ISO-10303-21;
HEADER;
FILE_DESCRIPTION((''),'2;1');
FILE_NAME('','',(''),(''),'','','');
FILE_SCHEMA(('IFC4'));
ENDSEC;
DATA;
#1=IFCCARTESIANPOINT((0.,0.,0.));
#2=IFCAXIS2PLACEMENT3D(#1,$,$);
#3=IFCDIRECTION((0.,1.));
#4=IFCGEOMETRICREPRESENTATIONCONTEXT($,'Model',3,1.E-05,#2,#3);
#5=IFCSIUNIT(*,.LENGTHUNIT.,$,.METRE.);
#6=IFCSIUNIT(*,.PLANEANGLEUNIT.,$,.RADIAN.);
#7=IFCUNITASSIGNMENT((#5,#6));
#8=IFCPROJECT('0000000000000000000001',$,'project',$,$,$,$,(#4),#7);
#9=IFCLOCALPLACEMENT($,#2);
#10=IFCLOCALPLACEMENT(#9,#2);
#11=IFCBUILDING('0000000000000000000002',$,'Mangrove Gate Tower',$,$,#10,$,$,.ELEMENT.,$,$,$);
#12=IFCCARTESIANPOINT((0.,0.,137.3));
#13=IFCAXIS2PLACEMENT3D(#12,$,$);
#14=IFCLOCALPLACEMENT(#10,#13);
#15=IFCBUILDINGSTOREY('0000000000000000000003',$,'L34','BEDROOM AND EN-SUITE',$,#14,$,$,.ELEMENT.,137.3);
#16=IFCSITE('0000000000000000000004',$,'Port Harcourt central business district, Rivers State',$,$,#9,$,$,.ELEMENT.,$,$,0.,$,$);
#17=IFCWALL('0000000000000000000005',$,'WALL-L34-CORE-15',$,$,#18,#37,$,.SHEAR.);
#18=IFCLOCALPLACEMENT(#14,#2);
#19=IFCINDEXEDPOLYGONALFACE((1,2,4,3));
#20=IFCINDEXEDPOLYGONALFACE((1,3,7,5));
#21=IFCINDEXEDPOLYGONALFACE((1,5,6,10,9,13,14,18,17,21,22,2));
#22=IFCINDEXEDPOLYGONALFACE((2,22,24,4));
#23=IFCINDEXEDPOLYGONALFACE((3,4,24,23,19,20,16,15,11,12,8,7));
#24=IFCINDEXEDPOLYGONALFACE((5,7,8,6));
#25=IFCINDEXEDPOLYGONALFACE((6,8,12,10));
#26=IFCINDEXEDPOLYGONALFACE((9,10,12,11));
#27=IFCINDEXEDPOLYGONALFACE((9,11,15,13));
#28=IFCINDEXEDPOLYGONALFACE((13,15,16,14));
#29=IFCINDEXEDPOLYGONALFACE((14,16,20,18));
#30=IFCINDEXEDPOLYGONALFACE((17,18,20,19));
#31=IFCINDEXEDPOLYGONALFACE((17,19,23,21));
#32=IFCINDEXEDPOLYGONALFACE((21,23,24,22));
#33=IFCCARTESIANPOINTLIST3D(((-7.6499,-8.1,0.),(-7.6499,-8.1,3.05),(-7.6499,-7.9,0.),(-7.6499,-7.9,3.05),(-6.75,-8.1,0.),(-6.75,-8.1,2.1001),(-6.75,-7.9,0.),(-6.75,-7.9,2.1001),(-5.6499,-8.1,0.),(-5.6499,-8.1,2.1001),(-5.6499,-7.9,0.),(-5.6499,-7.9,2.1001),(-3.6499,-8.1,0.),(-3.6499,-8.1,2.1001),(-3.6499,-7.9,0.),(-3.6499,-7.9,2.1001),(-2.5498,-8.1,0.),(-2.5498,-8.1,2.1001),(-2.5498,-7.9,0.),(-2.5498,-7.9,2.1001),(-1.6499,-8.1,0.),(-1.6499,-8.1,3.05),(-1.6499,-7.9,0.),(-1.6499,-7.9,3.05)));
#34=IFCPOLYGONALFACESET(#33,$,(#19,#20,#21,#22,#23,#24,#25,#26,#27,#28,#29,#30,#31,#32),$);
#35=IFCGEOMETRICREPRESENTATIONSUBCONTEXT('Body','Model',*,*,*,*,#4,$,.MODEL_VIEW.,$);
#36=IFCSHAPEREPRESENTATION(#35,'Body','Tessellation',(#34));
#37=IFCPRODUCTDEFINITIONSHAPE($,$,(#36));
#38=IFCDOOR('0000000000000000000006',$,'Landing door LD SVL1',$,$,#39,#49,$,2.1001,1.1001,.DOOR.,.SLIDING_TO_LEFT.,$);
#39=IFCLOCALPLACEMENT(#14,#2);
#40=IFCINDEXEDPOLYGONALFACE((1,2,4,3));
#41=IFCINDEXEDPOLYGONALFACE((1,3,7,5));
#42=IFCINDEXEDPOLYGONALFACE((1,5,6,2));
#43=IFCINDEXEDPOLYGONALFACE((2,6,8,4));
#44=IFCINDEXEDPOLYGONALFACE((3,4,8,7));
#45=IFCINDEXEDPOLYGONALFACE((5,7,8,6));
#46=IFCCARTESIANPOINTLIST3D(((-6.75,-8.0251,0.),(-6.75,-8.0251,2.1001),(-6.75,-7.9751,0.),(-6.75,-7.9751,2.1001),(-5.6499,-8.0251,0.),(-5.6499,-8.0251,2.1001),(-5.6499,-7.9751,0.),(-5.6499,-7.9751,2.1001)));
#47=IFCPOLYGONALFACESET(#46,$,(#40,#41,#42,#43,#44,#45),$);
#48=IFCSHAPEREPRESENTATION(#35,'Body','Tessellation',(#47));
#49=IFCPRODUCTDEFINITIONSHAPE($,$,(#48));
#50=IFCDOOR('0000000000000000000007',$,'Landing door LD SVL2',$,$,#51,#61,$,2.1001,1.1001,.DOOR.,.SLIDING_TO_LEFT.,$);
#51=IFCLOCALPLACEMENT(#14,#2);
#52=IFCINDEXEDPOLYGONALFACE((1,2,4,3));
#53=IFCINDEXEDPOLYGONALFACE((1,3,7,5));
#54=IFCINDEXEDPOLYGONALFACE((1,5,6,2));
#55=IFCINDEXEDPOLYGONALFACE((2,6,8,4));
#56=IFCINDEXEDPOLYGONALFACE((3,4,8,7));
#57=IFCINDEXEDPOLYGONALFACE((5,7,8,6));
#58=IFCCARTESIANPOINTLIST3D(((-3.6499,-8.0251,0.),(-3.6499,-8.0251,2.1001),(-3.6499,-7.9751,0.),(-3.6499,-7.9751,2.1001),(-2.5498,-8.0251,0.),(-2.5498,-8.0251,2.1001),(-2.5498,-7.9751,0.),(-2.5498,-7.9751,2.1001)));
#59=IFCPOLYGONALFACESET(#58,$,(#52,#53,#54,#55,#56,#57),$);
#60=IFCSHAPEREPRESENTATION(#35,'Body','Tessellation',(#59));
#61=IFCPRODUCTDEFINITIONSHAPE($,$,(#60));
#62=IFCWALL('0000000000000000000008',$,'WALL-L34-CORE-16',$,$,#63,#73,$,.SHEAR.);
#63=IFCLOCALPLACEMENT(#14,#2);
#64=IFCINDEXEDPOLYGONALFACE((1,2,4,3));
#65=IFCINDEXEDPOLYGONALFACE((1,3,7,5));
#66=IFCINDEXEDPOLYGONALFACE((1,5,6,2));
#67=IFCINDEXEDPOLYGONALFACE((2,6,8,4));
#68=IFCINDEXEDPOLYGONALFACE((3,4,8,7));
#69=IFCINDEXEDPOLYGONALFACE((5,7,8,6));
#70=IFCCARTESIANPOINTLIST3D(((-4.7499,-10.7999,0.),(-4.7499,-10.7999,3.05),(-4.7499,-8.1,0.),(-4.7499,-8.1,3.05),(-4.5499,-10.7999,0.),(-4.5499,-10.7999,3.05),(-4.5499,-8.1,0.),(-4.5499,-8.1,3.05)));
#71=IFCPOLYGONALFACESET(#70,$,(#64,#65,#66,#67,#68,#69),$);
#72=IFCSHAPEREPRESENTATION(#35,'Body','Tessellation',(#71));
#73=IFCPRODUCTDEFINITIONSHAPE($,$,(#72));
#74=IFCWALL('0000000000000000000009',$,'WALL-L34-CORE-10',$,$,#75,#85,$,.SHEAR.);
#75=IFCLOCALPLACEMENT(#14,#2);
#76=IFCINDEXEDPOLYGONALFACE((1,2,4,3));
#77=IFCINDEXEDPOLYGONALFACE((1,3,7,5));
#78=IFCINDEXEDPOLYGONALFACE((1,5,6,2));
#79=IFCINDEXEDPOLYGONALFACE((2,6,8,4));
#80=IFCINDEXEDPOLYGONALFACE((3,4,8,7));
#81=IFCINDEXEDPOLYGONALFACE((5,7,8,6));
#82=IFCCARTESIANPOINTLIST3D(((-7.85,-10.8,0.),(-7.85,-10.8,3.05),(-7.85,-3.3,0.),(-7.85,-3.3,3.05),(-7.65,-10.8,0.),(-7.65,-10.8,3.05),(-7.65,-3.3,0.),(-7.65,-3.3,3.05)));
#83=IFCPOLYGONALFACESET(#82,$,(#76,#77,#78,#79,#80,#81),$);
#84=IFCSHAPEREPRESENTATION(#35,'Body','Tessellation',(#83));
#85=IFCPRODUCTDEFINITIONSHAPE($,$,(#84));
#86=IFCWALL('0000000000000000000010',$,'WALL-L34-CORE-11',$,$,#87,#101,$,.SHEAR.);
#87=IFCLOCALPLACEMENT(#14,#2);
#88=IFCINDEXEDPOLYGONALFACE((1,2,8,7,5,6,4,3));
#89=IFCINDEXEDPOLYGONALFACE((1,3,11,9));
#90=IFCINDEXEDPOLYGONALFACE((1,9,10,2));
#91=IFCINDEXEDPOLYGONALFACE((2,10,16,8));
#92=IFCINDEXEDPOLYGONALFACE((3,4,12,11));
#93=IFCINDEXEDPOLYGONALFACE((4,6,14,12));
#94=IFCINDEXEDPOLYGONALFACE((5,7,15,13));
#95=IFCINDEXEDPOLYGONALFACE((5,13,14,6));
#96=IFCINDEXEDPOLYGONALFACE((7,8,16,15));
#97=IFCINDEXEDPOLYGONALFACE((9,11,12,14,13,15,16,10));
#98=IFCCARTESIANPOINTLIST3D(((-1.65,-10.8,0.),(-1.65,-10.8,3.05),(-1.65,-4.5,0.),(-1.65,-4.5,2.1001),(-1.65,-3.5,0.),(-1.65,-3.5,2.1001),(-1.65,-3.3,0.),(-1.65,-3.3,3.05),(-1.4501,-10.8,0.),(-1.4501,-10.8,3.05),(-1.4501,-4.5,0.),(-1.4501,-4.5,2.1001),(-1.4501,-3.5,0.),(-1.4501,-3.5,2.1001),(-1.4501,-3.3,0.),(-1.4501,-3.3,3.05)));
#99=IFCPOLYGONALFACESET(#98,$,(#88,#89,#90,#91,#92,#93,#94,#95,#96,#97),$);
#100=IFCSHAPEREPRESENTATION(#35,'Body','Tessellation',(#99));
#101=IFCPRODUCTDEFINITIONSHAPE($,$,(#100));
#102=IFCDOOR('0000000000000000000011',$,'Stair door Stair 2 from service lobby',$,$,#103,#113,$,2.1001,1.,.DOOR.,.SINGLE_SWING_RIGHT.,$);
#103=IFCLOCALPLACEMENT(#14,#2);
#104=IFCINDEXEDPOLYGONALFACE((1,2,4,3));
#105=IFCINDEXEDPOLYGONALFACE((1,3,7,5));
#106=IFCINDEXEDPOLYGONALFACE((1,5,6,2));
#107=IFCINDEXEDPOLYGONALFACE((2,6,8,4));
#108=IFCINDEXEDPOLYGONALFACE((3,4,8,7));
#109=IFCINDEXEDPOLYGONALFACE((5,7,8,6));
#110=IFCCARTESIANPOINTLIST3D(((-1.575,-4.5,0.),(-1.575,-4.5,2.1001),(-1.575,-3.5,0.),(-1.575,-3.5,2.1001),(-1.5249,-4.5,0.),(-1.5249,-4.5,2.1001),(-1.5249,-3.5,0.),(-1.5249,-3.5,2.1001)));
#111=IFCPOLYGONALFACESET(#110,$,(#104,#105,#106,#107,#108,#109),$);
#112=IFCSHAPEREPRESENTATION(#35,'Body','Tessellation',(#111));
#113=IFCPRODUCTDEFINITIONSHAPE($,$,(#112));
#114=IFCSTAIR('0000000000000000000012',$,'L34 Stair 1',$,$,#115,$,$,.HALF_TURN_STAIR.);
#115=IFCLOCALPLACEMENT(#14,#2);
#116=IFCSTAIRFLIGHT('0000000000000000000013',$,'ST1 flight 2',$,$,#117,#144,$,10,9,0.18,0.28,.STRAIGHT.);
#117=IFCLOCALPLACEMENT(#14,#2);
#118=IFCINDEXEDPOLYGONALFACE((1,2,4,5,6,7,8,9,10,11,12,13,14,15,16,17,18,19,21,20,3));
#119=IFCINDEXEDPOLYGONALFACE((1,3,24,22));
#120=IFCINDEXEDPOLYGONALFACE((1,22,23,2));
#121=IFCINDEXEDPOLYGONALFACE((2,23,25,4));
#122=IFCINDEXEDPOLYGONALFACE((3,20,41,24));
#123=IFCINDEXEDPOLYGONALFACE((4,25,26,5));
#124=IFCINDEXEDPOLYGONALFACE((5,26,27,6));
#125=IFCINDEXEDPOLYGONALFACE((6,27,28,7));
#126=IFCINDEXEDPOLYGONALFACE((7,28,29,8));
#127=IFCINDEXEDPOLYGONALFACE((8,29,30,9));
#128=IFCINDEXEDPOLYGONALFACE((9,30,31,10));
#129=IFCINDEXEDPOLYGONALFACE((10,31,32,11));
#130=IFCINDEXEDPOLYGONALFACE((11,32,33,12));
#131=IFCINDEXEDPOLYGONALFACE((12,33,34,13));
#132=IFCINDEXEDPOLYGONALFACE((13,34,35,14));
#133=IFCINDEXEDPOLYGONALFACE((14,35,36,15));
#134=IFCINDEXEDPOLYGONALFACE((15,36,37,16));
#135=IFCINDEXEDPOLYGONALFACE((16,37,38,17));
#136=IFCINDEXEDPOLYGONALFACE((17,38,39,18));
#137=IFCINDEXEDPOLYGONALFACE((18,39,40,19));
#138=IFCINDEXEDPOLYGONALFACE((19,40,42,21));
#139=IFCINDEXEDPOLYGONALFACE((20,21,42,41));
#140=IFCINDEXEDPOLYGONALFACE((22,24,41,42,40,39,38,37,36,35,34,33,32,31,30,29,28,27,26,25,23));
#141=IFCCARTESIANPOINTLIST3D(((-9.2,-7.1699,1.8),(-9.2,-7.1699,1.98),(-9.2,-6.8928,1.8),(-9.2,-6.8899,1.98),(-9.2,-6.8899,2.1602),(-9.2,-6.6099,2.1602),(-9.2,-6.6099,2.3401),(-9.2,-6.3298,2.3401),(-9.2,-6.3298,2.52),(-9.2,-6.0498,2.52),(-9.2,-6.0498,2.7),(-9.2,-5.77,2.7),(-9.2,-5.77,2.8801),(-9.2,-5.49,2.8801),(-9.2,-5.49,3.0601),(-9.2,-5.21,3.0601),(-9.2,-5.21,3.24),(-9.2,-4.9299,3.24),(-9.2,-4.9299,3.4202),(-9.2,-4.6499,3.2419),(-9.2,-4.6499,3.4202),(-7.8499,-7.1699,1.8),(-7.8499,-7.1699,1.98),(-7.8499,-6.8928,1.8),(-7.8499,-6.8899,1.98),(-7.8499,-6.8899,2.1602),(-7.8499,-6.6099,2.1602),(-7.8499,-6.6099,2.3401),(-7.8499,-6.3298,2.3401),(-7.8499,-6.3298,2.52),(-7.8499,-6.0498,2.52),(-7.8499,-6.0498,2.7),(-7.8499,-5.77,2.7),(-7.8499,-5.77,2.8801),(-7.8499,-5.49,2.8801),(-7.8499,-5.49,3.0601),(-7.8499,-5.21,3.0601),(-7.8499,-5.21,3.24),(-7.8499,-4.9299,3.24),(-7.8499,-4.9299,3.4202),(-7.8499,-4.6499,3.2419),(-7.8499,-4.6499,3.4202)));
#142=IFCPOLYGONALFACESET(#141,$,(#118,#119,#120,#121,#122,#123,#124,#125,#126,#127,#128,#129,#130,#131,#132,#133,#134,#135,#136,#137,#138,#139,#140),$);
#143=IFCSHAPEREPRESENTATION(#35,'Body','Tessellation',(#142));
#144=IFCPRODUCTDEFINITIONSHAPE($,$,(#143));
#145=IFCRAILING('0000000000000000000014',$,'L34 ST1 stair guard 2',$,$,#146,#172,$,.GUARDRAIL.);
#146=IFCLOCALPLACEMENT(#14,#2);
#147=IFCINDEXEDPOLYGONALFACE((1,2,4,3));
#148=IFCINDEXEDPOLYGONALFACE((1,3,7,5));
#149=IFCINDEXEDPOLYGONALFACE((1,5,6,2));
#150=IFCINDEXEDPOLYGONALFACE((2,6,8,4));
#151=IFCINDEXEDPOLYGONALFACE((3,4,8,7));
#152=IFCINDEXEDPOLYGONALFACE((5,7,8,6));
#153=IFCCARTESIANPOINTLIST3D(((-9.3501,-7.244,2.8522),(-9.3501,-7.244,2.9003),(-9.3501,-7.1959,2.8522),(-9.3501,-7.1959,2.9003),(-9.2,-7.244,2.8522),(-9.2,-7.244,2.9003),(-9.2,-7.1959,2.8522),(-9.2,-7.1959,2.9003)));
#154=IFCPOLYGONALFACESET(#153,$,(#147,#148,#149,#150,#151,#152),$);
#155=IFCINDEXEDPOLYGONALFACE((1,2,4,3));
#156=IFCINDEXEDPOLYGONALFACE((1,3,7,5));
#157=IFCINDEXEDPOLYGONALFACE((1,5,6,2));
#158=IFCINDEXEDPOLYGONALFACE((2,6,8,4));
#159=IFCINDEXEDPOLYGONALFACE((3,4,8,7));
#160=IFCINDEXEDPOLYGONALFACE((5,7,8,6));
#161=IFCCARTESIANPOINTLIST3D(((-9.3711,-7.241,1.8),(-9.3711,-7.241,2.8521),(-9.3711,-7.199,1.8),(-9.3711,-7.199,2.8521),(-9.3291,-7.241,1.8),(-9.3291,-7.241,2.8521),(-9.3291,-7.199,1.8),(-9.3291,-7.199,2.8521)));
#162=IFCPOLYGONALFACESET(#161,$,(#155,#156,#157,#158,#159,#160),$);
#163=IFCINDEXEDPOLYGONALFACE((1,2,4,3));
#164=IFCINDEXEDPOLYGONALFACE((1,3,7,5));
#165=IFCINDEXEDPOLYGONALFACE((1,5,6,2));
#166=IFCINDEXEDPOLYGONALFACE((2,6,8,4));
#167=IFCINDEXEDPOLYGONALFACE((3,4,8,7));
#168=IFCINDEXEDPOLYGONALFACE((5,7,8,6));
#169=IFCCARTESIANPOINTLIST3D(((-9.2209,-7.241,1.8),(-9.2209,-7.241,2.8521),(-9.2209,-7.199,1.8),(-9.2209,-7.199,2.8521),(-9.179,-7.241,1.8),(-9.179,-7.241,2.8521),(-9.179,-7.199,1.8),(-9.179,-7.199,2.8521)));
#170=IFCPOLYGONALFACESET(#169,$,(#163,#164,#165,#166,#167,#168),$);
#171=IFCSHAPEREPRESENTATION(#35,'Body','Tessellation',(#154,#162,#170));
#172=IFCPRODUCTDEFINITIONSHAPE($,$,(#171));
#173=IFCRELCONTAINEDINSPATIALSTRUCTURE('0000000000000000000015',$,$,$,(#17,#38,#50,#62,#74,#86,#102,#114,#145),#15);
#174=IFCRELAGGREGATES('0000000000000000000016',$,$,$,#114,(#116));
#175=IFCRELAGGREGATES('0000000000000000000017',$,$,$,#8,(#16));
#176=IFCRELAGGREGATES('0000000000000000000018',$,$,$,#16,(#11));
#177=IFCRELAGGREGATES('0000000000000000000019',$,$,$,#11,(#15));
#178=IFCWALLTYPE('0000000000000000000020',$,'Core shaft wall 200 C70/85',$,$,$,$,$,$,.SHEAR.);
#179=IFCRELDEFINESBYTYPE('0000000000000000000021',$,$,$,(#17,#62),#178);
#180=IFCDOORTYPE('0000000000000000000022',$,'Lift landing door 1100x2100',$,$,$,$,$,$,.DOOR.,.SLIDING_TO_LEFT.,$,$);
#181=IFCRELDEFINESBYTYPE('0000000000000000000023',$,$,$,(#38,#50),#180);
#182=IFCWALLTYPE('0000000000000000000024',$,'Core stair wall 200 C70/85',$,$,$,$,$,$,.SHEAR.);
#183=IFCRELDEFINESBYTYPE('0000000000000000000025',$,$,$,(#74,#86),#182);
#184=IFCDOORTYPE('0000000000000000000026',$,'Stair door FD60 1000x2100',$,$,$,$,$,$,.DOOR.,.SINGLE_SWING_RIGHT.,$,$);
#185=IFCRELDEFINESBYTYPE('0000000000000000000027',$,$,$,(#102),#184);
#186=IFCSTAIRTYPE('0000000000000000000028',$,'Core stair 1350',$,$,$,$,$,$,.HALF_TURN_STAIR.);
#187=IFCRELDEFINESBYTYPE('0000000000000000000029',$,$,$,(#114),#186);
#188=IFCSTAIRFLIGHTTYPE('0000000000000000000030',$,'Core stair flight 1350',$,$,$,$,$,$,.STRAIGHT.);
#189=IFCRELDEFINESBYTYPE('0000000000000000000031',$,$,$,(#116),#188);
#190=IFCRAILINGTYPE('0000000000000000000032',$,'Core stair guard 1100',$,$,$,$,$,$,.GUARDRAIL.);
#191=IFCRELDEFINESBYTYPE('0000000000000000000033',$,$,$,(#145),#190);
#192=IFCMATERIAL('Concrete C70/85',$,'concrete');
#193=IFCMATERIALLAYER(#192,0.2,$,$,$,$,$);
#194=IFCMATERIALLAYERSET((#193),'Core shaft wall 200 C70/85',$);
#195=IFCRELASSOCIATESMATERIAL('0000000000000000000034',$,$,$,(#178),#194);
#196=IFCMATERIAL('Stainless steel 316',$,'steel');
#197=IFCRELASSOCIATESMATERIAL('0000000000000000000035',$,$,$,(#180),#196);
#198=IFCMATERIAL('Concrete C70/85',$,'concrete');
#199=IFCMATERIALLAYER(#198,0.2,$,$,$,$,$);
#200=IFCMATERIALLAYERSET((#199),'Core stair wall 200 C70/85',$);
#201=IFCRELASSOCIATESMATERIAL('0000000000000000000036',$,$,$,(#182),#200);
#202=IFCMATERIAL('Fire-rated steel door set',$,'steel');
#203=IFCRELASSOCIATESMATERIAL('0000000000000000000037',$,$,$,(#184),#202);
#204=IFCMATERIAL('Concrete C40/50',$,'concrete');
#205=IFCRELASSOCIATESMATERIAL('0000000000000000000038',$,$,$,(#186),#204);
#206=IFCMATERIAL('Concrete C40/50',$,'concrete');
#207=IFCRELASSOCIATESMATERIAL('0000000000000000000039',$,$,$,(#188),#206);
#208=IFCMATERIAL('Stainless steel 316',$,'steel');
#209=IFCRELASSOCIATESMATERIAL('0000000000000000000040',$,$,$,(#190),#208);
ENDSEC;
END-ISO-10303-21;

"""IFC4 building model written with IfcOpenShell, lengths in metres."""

from ifc_helpers import new_model, si_unit, direction, frame, frame_2d, origin, origin_2d, place, context, subcontext, project, spatial, polyline, rectangle, outline, extrude, material, layer, layer_set, type_object, element, fill, aggregate, save


model = new_model("IFC4")

# Units and contexts
model_context = context("Model", 3, precision=1e-05, world=origin(), true_north=direction((0.0, 1.0)))
body_context = subcontext(model_context, "Body", "Model", "MODEL_VIEW")
ifc_project = project(units=[si_unit("LENGTHUNIT", "METRE"), si_unit("PLANEANGLEUNIT", "RADIAN")], contexts=[model_context])

# Site, building, storey
site_placement = place(None, origin())
site = spatial("IfcSite", under=ifc_project, at=site_placement, Name="Port Harcourt central business district, Rivers State", CompositionType="ELEMENT", RefElevation=0.0)
building_placement = place(site_placement, origin())
building = spatial("IfcBuilding", under=site, at=building_placement, Name="Mangrove Gate Tower", CompositionType="ELEMENT")
storey_placement = place(building_placement, frame((0.0, 0.0, 137.3)))
storey = spatial("IfcBuildingStorey", under=building, at=storey_placement, Name="L34", Description="BEDROOM AND EN-SUITE", CompositionType="ELEMENT", Elevation=137.3)

# Wall, openings, doors
ifc_material_1 = material(Name="Concrete C70/85", Category="concrete")
ifc_layer_1 = layer(ifc_material_1, 0.2)
ifc_layer_set_1 = layer_set([ifc_layer_1], Name="Core shaft wall 200 C70/85")
wall_type_1 = type_object("IfcWallType", Name="Core shaft wall 200 C70/85", PredefinedType="SHEAR", material=ifc_layer_set_1)
wall_1_placement = place(storey_placement, frame((-7.6499, -8.0, 0.0), z_axis=(0.0, 0.0, 1.0), x_axis=(1.0, 0.0, 0.0)))
wall_1 = element("IfcWall", 1, at=wall_1_placement, inside=storey, type_object=wall_type_1, Name="WALL-L34-CORE-15", PredefinedType="SHEAR", context=body_context, shape_type="SweptSolid", body=[
    extrude(rectangle(XDim=6.0, YDim=0.2, at=frame_2d((3.0, 0.0))), origin(), (0.0, 0.0, 1.0), 3.05),
])
opening_1_placement = place(wall_1_placement, frame((0.8999, 0.0, 0.0)))
opening_1 = element("IfcOpeningElement", 2, at=opening_1_placement, cuts=wall_1, PredefinedType="OPENING", context=body_context, shape_type="SweptSolid", body=[
    extrude(rectangle(XDim=1.1001, YDim=2.1001, at=frame_2d((0.55, 1.05))), frame((0.0, 0.1099, 0.0), z_axis=(0.0, -1.0, 0.0), x_axis=(1.0, 0.0, 0.0)), (0.0, 0.0, 1.0), 0.22),
])
opening_2_placement = place(wall_1_placement, frame((4.0, 0.0, 0.0)))
opening_2 = element("IfcOpeningElement", 3, at=opening_2_placement, cuts=wall_1, PredefinedType="OPENING", context=body_context, shape_type="SweptSolid", body=[
    extrude(rectangle(XDim=1.1001, YDim=2.1001, at=frame_2d((0.55, 1.05))), frame((0.0, 0.1099, 0.0), z_axis=(0.0, -1.0, 0.0), x_axis=(1.0, 0.0, 0.0)), (0.0, 0.0, 1.0), 0.22),
])
ifc_material_2 = material(Name="Stainless steel 316", Category="steel")
door_type_1 = type_object("IfcDoorType", Name="Lift landing door 1100x2100", OperationType="SLIDING_TO_LEFT", PredefinedType="DOOR", material=ifc_material_2)
door_1_placement = place(opening_1_placement, origin())
door_1 = element("IfcDoor", 4, at=door_1_placement, inside=storey, type_object=door_type_1, Name="Landing door LD SVL1", OperationType="SLIDING_TO_LEFT", OverallHeight=2.1001, OverallWidth=1.1001, PredefinedType="DOOR", context=body_context, shape_type="SweptSolid", body=[
    extrude(rectangle(XDim=1.1001, YDim=2.1001, at=frame_2d((0.55, 1.05))), frame((0.0, 0.0249, 0.0), z_axis=(0.0, -1.0, 0.0), x_axis=(1.0, 0.0, 0.0)), (0.0, 0.0, 1.0), 0.05),
])
fill(opening_1, door_1)
door_2_placement = place(opening_2_placement, origin())
door_2 = element("IfcDoor", 5, at=door_2_placement, inside=storey, type_object=door_type_1, Name="Landing door LD SVL2", OperationType="SLIDING_TO_LEFT", OverallHeight=2.1001, OverallWidth=1.1001, PredefinedType="DOOR", context=body_context, shape_type="SweptSolid", body=[
    extrude(rectangle(XDim=1.1001, YDim=2.1001, at=frame_2d((0.55, 1.05))), frame((0.0, 0.0249, 0.0), z_axis=(0.0, -1.0, 0.0), x_axis=(1.0, 0.0, 0.0)), (0.0, 0.0, 1.0), 0.05),
])
fill(opening_2, door_2)

# Walls
wall_2_placement = place(storey_placement, frame((-4.6499, -10.8, 0.0), z_axis=(0.0, 0.0, 1.0), x_axis=(0.0, 1.0, 0.0)))
element("IfcWall", 6, at=wall_2_placement, inside=storey, type_object=wall_type_1, Name="WALL-L34-CORE-16", PredefinedType="SHEAR", context=body_context, shape_type="SweptSolid", body=[
    extrude(rectangle(XDim=2.7, YDim=0.2, at=frame_2d((1.3501, 0.0))), origin(), (0.0, 0.0, 1.0), 3.05),
])
ifc_material_3 = material(Name="Concrete C70/85", Category="concrete")
ifc_layer_2 = layer(ifc_material_3, 0.2)
ifc_layer_set_2 = layer_set([ifc_layer_2], Name="Core stair wall 200 C70/85")
wall_type_2 = type_object("IfcWallType", Name="Core stair wall 200 C70/85", PredefinedType="SHEAR", material=ifc_layer_set_2)
wall_3_placement = place(storey_placement, frame((-7.75, -10.8, 0.0), z_axis=(0.0, 0.0, 1.0), x_axis=(0.0, 1.0, 0.0)))
element("IfcWall", 7, at=wall_3_placement, inside=storey, type_object=wall_type_2, Name="WALL-L34-CORE-10", PredefinedType="SHEAR", context=body_context, shape_type="SweptSolid", body=[
    extrude(rectangle(XDim=7.5, YDim=0.2, at=frame_2d((3.75, 0.0))), origin(), (0.0, 0.0, 1.0), 3.05),
])

# Wall, opening, door
wall_4_placement = place(storey_placement, frame((-1.55, -10.8, 0.0), z_axis=(0.0, 0.0, 1.0), x_axis=(0.0, 1.0, 0.0)))
wall_4 = element("IfcWall", 8, at=wall_4_placement, inside=storey, type_object=wall_type_2, Name="WALL-L34-CORE-11", PredefinedType="SHEAR", context=body_context, shape_type="SweptSolid", body=[
    extrude(rectangle(XDim=7.5, YDim=0.2, at=frame_2d((3.75, 0.0))), origin(), (0.0, 0.0, 1.0), 3.05),
])
opening_3_placement = place(wall_4_placement, frame((6.3, 0.0, 0.0)))
opening_3 = element("IfcOpeningElement", 9, at=opening_3_placement, cuts=wall_4, PredefinedType="OPENING", context=body_context, shape_type="SweptSolid", body=[
    extrude(rectangle(XDim=1.0, YDim=2.1001, at=frame_2d((0.5, 1.05))), frame((0.0, 0.1099, 0.0), z_axis=(0.0, -1.0, 0.0), x_axis=(1.0, 0.0, 0.0)), (0.0, 0.0, 1.0), 0.22),
])
ifc_material_4 = material(Name="Fire-rated steel door set", Category="steel")
door_type_2 = type_object("IfcDoorType", Name="Stair door FD60 1000x2100", OperationType="SINGLE_SWING_RIGHT", PredefinedType="DOOR", material=ifc_material_4)
door_3_placement = place(opening_3_placement, origin())
door_3 = element("IfcDoor", 10, at=door_3_placement, inside=storey, type_object=door_type_2, Name="Stair door Stair 2 from service lobby", OperationType="SINGLE_SWING_RIGHT", OverallHeight=2.1001, OverallWidth=1.0, PredefinedType="DOOR", context=body_context, shape_type="SweptSolid", body=[
    extrude(rectangle(XDim=1.0, YDim=2.1001, at=frame_2d((0.5, 1.05))), frame((0.0, 0.0249, 0.0), z_axis=(0.0, -1.0, 0.0), x_axis=(1.0, 0.0, 0.0)), (0.0, 0.0, 1.0), 0.05),
])
fill(opening_3, door_3)

# Stair, stair flight
ifc_material_5 = material(Name="Concrete C40/50", Category="concrete")
stair_type = type_object("IfcStairType", Name="Core stair 1350", PredefinedType="HALF_TURN_STAIR", material=ifc_material_5)
stair_placement = place(storey_placement, origin())
stair = element("IfcStair", 11, at=stair_placement, inside=storey, type_object=stair_type, Name="L34 Stair 1", PredefinedType="HALF_TURN_STAIR")
ifc_material_6 = material(Name="Concrete C40/50", Category="concrete")
stair_flight_type = type_object("IfcStairFlightType", Name="Core stair flight 1350", PredefinedType="STRAIGHT", material=ifc_material_6)
stair_flight_placement = place(storey_placement, frame((-8.5249, -7.1699, 1.8), z_axis=(0.0, 0.0, 1.0), x_axis=(0.0, 1.0, 0.0)))
stair_flight = element("IfcStairFlight", 12, at=stair_flight_placement, type_object=stair_flight_type, Name="ST1 flight 2", NumberOfRisers=10, NumberOfTreads=9, PredefinedType="STRAIGHT", RiserHeight=0.18, TreadLength=0.28, context=body_context, shape_type="SweptSolid", body=[
    extrude(outline(polyline([(0.0, 0.0), (0.0, 0.1799), (0.28, 0.1799), (0.28, 0.3601), (0.5601, 0.3601), (0.5601, 0.54), (0.8401, 0.54), (0.8401, 0.72), (1.1201, 0.72), (1.1201, 0.8999), (1.3999, 0.8999), (1.3999, 1.0801), (1.6799, 1.0801), (1.6799, 1.26), (1.96, 1.26), (1.96, 1.4399), (2.24, 1.4399), (2.24, 1.6201), (2.52, 1.6201), (2.52, 1.8), (2.52, 1.4419), (0.2771, 0.0), (0.0, 0.0)])), frame((0.0, 0.675, 0.0), z_axis=(0.0, -1.0, 0.0), x_axis=(1.0, 0.0, 0.0)), (0.0, 0.0, 1.0), 1.3501),
])
aggregate(stair, [stair_flight])

# Railing
ifc_material_7 = material(Name="Stainless steel 316", Category="steel")
railing_type_1 = type_object("IfcRailingType", Name="Core stair guard 1100", PredefinedType="GUARDRAIL", material=ifc_material_7)
railing_1_placement = place(storey_placement, frame((-9.3501, -7.22, 1.8)))
element("IfcRailing", 13, at=railing_1_placement, inside=storey, type_object=railing_type_1, Name="L34 ST1 stair guard 2", PredefinedType="GUARDRAIL", context=body_context, shape_type="SweptSolid", body=[
    extrude(rectangle(XDim=0.0481, YDim=0.0481, at=origin_2d()), frame((0.0, 0.0, 1.0762), z_axis=(1.0, 0.0, 0.0), x_axis=(0.0, 1.0, 0.0)), (0.0, 0.0, 1.0), 0.1501),
    extrude(rectangle(XDim=0.042, YDim=0.042, at=origin_2d()), origin(), (0.0, 0.0, 1.0), 1.052),
    extrude(rectangle(XDim=0.042, YDim=0.042, at=origin_2d()), frame((0.1501, 0.0, 0.0)), (0.0, 0.0, 1.0), 1.052),
])

save(model, "model.ifc")
